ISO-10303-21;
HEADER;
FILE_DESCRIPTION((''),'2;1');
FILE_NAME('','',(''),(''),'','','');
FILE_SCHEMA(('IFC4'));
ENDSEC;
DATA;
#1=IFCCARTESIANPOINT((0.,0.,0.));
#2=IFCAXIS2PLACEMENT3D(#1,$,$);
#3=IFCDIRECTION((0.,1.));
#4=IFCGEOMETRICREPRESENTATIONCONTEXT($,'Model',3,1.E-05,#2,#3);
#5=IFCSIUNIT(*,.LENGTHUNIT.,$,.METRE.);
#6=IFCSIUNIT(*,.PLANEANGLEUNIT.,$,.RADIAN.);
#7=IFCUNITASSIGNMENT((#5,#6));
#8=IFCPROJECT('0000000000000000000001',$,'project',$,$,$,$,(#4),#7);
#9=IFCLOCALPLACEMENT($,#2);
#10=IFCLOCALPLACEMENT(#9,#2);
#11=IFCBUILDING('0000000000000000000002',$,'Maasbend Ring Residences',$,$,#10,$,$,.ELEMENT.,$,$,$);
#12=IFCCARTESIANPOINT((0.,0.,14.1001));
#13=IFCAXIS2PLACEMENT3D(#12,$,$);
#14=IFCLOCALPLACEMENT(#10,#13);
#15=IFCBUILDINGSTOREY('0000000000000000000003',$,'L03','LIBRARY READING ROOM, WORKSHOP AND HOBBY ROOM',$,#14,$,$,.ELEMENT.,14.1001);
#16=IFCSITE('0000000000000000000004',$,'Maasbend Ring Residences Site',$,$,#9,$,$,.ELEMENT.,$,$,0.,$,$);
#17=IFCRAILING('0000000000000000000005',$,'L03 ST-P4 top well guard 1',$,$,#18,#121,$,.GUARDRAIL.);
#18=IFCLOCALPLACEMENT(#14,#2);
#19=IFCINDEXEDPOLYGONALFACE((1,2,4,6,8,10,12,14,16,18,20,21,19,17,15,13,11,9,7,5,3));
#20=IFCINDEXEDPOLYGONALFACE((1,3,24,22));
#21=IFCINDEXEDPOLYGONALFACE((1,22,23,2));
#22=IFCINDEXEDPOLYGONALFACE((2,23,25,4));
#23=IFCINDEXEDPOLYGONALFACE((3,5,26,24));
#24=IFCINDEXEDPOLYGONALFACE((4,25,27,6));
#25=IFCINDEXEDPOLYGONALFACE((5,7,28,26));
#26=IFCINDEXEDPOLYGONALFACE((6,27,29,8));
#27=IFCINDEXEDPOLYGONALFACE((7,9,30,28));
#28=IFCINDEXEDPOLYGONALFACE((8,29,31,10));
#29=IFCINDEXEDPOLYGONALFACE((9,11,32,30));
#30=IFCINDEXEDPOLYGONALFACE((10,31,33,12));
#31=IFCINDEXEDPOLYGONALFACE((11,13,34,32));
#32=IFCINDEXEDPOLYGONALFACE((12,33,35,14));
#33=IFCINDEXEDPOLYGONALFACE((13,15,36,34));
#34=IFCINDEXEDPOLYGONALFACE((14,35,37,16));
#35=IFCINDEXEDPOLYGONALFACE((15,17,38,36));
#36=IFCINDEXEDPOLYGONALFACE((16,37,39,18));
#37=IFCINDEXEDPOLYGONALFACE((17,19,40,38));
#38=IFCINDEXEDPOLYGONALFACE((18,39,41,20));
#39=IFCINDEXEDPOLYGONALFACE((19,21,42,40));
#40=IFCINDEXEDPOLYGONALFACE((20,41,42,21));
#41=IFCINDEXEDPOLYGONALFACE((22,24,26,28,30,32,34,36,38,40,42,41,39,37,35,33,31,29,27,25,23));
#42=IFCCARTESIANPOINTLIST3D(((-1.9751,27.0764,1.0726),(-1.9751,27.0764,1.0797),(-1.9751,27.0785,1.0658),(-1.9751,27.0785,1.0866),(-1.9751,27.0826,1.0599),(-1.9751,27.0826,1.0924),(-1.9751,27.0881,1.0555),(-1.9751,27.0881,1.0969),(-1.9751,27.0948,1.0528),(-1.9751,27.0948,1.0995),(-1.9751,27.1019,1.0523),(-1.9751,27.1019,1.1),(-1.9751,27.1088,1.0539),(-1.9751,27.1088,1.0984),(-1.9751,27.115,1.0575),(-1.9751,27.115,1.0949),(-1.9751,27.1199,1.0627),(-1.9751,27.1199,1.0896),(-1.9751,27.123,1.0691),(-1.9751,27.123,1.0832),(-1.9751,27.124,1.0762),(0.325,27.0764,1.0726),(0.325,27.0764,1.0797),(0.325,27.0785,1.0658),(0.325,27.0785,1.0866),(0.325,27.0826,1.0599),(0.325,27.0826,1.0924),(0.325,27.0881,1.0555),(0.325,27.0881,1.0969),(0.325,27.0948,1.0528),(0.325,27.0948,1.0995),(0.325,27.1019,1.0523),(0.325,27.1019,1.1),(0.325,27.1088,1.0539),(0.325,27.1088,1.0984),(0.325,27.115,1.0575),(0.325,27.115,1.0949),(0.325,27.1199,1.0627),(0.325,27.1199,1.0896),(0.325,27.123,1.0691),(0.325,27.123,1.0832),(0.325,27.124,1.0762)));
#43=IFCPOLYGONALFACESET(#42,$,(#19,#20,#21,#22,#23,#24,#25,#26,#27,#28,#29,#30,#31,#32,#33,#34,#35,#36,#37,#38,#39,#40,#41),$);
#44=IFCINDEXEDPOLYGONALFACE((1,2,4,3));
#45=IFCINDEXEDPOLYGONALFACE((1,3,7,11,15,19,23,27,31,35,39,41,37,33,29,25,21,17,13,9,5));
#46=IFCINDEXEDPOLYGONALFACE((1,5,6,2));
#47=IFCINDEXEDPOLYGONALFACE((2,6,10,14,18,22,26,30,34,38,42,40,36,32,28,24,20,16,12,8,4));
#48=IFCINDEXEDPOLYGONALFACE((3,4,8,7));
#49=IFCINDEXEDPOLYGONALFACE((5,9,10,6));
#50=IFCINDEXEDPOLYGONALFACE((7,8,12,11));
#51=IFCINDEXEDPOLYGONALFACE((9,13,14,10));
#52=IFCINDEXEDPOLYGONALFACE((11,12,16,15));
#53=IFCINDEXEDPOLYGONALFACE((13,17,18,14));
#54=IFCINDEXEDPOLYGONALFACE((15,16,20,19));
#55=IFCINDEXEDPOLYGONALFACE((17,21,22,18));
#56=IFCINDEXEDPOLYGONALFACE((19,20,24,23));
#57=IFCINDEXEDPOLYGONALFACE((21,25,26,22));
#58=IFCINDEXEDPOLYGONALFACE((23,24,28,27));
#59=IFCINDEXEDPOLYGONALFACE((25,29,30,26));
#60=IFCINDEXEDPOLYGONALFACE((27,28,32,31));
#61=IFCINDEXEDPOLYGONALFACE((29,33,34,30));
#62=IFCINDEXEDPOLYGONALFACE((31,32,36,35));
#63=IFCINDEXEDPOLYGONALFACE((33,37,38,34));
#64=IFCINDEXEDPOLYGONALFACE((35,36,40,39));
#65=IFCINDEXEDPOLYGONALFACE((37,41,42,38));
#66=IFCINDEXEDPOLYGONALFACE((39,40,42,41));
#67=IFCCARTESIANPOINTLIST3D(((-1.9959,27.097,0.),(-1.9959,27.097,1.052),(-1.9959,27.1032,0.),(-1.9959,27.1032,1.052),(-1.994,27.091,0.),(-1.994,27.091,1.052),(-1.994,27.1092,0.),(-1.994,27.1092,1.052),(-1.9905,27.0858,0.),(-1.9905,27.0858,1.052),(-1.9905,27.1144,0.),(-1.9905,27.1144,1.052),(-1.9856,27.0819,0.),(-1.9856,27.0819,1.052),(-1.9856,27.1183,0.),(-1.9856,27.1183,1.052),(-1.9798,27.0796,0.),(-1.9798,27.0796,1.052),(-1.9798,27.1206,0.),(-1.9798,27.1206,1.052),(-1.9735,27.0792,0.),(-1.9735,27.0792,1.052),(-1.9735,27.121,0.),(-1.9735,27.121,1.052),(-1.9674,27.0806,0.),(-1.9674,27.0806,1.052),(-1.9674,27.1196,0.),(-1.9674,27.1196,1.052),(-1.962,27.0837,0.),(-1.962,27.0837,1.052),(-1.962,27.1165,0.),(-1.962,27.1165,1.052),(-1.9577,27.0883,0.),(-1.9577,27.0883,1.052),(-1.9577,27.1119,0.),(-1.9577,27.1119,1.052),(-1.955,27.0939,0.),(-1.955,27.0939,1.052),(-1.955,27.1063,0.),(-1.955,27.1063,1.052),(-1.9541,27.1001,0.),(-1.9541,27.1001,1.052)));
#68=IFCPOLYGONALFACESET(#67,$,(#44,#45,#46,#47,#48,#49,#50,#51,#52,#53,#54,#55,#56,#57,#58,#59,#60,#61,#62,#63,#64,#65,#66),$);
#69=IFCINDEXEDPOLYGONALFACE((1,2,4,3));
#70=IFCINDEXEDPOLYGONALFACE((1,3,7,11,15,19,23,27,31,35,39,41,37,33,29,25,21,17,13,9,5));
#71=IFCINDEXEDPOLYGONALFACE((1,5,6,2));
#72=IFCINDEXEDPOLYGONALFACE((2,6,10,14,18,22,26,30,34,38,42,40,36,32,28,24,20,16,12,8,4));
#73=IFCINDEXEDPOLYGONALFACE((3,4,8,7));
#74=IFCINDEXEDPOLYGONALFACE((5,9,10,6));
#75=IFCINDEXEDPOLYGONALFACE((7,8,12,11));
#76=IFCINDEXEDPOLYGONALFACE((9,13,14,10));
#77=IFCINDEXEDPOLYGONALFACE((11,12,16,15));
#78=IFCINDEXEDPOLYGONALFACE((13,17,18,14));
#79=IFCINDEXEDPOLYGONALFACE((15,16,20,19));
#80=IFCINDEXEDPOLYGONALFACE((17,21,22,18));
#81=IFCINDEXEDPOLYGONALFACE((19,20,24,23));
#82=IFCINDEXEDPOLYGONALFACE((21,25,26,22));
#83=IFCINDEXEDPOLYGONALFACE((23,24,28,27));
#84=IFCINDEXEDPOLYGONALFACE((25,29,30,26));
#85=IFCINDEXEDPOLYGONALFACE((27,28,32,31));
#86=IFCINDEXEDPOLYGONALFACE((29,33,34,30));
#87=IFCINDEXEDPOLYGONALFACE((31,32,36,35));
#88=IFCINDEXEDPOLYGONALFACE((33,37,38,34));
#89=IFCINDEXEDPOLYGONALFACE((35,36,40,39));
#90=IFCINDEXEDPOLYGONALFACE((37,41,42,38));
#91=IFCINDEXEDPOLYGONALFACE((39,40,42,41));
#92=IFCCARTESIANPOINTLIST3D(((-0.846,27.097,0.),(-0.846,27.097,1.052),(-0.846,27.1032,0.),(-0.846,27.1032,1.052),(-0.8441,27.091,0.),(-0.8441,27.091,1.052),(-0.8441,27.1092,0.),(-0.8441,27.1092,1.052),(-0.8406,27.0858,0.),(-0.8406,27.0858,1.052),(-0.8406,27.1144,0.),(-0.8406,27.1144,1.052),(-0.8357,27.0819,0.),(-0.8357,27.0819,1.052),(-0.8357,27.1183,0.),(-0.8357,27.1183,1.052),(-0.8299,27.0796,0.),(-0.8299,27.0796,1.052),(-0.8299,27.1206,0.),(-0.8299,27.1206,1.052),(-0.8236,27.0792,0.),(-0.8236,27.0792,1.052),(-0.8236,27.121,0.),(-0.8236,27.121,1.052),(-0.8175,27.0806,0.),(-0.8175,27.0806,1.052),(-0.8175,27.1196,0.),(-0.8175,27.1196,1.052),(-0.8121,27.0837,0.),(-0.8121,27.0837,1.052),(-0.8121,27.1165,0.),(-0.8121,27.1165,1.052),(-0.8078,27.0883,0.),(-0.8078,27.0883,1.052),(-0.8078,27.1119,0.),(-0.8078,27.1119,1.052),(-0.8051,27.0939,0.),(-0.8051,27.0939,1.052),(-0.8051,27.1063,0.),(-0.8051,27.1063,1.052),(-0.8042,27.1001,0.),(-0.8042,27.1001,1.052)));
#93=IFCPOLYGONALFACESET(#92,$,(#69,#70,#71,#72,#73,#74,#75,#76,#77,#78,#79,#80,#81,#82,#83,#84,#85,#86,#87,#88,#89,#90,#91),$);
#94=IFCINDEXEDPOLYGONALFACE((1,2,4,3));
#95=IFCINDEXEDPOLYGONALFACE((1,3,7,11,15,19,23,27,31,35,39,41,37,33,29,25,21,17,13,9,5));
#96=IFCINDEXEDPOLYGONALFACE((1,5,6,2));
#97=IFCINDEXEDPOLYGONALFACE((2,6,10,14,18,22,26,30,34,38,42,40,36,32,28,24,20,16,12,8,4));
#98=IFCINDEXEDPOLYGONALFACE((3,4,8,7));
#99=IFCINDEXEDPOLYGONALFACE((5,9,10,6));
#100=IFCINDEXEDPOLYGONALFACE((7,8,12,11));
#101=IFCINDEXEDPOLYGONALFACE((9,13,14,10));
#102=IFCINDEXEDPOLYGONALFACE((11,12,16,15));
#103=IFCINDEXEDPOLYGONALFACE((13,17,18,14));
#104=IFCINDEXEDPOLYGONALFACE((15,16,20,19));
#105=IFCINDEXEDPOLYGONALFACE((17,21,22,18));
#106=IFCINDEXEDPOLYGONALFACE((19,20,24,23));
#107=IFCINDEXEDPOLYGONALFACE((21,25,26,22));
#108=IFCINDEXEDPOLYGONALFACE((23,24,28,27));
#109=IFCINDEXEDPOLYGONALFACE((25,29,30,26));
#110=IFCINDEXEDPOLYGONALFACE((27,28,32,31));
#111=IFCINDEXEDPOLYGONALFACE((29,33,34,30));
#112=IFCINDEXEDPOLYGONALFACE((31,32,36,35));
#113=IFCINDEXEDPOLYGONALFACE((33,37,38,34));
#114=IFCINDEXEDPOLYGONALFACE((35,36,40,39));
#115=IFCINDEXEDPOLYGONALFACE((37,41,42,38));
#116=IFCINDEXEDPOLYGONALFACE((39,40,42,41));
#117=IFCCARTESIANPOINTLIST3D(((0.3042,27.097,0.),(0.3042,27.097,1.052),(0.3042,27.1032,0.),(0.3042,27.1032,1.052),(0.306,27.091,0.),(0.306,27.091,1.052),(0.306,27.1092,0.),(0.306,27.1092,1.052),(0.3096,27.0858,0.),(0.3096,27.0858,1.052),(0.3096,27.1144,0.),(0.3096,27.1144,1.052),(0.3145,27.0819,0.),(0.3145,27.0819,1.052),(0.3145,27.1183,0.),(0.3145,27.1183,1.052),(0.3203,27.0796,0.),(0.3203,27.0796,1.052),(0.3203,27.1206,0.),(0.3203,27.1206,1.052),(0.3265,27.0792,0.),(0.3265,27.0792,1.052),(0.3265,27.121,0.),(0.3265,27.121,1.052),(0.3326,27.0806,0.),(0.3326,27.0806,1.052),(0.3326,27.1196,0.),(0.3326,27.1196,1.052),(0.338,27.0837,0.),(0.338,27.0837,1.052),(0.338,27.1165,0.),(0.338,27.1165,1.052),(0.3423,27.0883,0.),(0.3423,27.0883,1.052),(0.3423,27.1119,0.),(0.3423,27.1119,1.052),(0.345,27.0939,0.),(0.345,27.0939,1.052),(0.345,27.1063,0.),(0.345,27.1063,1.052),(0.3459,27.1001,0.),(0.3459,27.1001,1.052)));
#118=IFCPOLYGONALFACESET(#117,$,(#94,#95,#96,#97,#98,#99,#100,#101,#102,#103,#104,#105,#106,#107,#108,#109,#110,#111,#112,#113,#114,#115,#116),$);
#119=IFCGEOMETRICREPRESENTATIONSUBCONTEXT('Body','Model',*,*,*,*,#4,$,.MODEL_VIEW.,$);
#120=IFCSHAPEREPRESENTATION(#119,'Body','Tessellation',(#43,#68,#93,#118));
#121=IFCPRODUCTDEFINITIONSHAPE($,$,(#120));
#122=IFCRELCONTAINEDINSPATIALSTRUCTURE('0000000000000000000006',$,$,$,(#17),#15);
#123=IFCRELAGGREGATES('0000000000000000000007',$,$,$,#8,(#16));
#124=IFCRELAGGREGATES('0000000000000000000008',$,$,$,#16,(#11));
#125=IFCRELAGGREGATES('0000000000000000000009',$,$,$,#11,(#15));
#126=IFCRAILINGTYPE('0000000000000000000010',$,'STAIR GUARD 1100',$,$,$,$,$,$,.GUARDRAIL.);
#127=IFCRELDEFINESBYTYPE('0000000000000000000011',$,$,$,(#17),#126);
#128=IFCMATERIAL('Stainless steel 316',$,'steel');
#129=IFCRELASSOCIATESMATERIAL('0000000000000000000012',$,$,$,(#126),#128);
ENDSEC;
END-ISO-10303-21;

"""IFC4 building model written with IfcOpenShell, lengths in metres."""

from ifc_helpers import new_model, si_unit, direction, frame, origin, origin_2d, place, context, subcontext, project, spatial, circle, extrude, material, type_object, element, save


model = new_model("IFC4")

# Units and contexts
model_context = context("Model", 3, precision=1e-05, world=origin(), true_north=direction((0.0, 1.0)))
body_context = subcontext(model_context, "Body", "Model", "MODEL_VIEW")
ifc_project = project(units=[si_unit("LENGTHUNIT", "METRE"), si_unit("PLANEANGLEUNIT", "RADIAN")], contexts=[model_context])

# Site, building, storey
site_placement = place(None, origin())
site = spatial("IfcSite", under=ifc_project, at=site_placement, Name="Maasbend Ring Residences Site", CompositionType="ELEMENT", RefElevation=0.0)
building_placement = place(site_placement, origin())
building = spatial("IfcBuilding", under=site, at=building_placement, Name="Maasbend Ring Residences", CompositionType="ELEMENT")
storey_placement = place(building_placement, frame((0.0, 0.0, 14.1001)))
storey = spatial("IfcBuildingStorey", under=building, at=storey_placement, Name="L03", Description="LIBRARY READING ROOM, WORKSHOP AND HOBBY ROOM", CompositionType="ELEMENT", Elevation=14.1001)

# Railing
ifc_material_1 = material(Name="Stainless steel 316", Category="steel")
railing_type = type_object("IfcRailingType", Name="STAIR GUARD 1100", PredefinedType="GUARDRAIL", material=ifc_material_1)
railing_placement = place(storey_placement, frame((-1.9751, 27.1001, 0.0)))
element("IfcRailing", 1, at=railing_placement, inside=storey, type_object=railing_type, Name="L03 ST-P4 top well guard 1", PredefinedType="GUARDRAIL", context=body_context, shape_type="SweptSolid", body=[
    extrude(circle(Radius=0.0239, at=origin_2d()), frame((0.0, 0.0, 1.0762), z_axis=(1.0, 0.0, 0.0), x_axis=(0.0, 1.0, 0.0)), (0.0, 0.0, 1.0), 2.3),
    extrude(circle(Radius=0.021, at=origin_2d()), origin(), (0.0, 0.0, 1.0), 1.052),
    extrude(circle(Radius=0.021, at=origin_2d()), frame((1.1499, 0.0, 0.0)), (0.0, 0.0, 1.0), 1.052),
    extrude(circle(Radius=0.021, at=origin_2d()), frame((2.3, 0.0, 0.0)), (0.0, 0.0, 1.0), 1.052),
])

save(model, "model.ifc")
